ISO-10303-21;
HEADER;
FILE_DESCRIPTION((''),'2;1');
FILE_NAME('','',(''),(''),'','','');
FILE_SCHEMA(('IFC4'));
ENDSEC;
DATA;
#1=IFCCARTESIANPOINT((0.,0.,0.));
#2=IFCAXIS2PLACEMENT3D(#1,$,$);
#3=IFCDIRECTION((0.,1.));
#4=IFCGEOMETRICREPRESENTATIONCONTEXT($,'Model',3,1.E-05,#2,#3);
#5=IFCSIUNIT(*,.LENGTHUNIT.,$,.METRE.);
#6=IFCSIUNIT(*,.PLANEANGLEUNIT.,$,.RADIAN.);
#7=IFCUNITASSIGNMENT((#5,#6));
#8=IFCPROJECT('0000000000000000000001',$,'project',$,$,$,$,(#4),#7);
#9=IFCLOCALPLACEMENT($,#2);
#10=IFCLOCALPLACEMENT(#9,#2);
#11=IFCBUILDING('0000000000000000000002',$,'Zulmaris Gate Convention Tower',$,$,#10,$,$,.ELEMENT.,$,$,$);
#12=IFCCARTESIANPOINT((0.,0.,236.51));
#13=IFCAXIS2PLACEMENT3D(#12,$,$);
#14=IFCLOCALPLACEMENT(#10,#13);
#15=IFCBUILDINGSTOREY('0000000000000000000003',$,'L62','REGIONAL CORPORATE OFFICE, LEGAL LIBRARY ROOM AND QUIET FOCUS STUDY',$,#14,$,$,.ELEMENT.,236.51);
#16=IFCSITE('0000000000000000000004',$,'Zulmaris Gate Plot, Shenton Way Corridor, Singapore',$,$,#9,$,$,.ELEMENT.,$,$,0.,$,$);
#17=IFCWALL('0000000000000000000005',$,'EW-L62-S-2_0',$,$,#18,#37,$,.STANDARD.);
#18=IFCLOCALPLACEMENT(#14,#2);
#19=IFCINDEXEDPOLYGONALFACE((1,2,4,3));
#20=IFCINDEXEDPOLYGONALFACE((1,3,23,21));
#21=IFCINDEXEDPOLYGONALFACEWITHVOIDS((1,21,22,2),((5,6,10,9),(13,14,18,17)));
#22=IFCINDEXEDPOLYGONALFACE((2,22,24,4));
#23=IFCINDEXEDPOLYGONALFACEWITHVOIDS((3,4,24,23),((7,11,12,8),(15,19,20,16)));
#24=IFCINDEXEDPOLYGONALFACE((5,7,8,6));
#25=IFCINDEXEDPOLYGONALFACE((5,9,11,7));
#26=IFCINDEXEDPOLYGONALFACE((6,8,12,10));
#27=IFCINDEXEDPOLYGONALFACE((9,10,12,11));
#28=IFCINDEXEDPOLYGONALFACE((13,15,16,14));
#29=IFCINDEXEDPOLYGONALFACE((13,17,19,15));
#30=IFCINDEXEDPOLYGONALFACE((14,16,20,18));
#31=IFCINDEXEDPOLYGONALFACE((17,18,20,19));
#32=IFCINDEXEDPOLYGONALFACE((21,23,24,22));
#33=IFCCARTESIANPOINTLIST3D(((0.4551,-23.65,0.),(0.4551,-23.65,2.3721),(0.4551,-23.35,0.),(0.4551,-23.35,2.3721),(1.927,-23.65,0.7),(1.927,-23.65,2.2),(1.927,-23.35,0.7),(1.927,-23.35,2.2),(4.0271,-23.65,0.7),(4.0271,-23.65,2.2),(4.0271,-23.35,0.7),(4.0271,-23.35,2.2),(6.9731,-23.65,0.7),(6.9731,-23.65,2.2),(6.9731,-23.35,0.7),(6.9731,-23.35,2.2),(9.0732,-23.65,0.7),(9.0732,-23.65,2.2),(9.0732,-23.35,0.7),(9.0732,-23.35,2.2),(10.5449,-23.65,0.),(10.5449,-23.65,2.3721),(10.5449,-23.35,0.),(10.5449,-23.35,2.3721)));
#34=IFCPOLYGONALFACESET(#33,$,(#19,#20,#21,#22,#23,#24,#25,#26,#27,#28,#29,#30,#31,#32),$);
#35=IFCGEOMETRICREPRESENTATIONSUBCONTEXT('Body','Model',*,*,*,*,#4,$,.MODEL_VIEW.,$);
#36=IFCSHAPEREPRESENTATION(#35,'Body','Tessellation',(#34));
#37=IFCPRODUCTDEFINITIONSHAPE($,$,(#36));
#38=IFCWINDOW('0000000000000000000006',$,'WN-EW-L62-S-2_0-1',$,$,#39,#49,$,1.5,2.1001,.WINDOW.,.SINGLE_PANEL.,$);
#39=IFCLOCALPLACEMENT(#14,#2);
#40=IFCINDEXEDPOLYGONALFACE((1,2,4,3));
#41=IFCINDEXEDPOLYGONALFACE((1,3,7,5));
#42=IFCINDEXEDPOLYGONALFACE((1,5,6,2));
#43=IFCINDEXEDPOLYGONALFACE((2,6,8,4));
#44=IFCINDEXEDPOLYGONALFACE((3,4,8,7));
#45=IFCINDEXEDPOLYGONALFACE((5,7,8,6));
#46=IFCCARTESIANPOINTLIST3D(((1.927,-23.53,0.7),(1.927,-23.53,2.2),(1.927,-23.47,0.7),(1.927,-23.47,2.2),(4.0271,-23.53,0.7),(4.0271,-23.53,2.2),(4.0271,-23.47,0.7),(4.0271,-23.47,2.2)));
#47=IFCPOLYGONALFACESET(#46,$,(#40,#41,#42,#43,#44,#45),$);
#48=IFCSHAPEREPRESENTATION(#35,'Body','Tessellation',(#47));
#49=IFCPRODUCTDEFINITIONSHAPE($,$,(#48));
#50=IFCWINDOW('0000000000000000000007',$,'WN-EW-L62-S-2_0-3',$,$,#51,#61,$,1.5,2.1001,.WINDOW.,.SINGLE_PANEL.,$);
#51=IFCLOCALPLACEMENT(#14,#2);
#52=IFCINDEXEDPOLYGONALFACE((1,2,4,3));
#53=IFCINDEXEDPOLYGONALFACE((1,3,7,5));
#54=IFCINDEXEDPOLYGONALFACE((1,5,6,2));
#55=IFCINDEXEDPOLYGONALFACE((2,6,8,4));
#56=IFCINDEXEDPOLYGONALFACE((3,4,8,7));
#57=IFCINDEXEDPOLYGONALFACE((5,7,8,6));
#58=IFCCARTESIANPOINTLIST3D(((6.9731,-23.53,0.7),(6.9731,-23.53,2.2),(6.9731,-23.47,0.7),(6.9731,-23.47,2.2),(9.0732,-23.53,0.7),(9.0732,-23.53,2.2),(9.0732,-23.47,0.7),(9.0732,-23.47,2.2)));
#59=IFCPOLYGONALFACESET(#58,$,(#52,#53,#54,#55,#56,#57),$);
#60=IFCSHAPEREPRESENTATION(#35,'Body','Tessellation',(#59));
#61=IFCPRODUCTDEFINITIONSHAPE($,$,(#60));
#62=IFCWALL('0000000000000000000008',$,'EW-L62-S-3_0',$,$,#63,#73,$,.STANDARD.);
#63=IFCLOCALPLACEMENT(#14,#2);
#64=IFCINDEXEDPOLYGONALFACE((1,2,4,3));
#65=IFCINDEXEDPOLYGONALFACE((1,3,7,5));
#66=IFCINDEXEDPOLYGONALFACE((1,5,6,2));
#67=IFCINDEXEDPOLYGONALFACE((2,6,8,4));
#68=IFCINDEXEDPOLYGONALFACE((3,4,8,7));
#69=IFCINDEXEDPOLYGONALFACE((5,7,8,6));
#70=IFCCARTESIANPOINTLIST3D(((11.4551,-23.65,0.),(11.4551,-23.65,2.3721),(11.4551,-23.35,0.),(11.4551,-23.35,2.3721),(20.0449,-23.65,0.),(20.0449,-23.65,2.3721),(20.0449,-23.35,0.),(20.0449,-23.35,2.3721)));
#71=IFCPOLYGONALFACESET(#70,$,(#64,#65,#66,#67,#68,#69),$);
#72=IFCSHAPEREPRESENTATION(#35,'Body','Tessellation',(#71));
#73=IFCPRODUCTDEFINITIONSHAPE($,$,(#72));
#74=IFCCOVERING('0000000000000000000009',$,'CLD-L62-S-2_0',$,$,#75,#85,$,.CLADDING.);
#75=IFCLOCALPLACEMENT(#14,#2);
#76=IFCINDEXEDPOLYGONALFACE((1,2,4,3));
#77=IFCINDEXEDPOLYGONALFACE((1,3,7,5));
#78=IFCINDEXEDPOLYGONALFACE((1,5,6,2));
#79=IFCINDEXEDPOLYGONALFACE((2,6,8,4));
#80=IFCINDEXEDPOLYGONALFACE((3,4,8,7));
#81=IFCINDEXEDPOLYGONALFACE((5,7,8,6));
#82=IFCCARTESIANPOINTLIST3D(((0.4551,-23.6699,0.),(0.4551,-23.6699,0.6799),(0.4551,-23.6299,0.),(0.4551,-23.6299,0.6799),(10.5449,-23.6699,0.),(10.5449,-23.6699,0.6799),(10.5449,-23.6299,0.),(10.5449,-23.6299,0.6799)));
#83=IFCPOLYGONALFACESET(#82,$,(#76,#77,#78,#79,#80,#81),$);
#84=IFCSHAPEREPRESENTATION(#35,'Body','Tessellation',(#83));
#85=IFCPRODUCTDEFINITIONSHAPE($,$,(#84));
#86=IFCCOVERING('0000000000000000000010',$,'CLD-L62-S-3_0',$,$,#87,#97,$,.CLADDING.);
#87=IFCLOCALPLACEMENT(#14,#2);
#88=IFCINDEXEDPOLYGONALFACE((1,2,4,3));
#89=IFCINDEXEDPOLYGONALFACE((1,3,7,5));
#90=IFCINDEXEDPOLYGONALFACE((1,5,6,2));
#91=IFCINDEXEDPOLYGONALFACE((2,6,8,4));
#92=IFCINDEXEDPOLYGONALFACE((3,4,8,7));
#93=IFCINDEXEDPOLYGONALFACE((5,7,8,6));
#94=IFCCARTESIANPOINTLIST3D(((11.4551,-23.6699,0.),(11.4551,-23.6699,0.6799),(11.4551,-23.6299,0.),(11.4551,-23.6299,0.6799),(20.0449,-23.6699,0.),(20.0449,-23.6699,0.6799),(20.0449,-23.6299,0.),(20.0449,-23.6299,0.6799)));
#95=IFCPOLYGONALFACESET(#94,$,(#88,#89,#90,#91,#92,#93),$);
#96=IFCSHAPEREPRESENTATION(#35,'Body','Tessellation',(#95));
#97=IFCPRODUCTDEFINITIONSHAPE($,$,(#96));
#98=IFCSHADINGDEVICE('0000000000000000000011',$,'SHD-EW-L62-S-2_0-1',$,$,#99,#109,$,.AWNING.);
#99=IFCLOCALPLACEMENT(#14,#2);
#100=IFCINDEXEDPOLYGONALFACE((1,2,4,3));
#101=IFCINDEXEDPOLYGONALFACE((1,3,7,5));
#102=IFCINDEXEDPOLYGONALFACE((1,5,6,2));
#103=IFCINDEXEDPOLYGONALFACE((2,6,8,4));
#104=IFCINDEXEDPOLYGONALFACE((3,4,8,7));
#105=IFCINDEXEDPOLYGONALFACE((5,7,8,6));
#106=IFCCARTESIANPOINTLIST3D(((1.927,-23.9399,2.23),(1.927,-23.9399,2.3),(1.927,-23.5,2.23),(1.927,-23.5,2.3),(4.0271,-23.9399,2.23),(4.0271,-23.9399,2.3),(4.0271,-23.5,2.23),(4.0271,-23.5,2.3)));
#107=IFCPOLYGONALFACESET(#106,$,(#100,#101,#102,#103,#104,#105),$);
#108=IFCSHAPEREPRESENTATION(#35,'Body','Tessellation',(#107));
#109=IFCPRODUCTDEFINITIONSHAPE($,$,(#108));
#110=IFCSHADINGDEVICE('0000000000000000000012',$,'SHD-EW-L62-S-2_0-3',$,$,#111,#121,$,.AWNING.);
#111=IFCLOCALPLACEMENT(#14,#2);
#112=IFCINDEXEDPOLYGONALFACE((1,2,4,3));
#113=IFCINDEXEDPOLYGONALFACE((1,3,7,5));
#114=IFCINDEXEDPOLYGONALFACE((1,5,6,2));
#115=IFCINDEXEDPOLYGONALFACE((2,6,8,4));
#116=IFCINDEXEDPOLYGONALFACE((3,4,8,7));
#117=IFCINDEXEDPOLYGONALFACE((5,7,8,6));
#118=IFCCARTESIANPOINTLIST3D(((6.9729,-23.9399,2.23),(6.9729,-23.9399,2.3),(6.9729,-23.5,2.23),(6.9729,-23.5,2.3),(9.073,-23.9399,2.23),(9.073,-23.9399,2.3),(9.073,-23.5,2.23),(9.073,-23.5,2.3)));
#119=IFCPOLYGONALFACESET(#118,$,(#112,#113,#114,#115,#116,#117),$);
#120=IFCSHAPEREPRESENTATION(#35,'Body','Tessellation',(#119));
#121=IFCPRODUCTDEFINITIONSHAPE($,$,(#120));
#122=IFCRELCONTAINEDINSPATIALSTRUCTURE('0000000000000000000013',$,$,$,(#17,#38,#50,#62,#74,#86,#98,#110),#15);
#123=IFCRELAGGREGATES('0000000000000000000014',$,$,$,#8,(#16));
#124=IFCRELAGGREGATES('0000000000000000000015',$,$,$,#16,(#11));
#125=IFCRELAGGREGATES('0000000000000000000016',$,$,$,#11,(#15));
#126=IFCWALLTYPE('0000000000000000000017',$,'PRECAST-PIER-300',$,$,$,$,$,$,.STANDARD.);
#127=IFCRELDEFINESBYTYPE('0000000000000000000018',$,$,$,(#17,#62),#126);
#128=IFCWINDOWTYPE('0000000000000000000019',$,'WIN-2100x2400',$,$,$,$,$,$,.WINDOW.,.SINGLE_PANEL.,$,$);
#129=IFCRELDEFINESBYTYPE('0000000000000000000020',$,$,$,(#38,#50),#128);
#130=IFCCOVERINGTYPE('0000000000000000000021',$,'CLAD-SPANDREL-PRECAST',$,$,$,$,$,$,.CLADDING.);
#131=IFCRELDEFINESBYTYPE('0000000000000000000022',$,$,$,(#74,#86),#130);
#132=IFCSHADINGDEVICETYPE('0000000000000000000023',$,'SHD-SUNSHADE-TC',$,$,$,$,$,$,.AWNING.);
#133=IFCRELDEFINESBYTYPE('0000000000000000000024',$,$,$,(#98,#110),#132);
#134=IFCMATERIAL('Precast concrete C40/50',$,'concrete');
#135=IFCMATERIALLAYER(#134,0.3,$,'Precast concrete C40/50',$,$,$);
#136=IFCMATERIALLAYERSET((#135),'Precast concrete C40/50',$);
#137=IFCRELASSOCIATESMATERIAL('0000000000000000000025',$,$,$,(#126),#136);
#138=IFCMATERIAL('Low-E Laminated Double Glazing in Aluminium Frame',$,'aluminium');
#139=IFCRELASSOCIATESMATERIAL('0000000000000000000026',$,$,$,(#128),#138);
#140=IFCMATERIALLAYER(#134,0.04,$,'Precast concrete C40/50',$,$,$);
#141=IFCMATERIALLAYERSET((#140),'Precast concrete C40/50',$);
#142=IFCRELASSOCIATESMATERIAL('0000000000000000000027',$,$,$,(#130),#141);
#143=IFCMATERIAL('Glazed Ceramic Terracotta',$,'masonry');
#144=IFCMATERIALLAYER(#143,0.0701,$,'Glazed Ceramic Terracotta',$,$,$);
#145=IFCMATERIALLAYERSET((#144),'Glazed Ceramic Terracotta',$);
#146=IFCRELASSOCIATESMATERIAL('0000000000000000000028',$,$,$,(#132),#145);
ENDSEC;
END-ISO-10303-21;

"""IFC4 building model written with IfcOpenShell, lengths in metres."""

from ifc_helpers import new_model, si_unit, direction, frame, frame_2d, origin, place, context, subcontext, project, spatial, rectangle, extrude, material, layer, layer_set, type_object, element, fill, save


model = new_model("IFC4")

# Units and contexts
model_context = context("Model", 3, precision=1e-05, world=origin(), true_north=direction((0.0, 1.0)))
body_context = subcontext(model_context, "Body", "Model", "MODEL_VIEW")
ifc_project = project(units=[si_unit("LENGTHUNIT", "METRE"), si_unit("PLANEANGLEUNIT", "RADIAN")], contexts=[model_context])

# Site, building, storey
site_placement = place(None, origin())
site = spatial("IfcSite", under=ifc_project, at=site_placement, Name="Zulmaris Gate Plot, Shenton Way Corridor, Singapore", CompositionType="ELEMENT", RefElevation=0.0)
building_placement = place(site_placement, origin())
building = spatial("IfcBuilding", under=site, at=building_placement, Name="Zulmaris Gate Convention Tower", CompositionType="ELEMENT")
storey_placement = place(building_placement, frame((0.0, 0.0, 236.51)))
storey = spatial("IfcBuildingStorey", under=building, at=storey_placement, Name="L62", Description="REGIONAL CORPORATE OFFICE, LEGAL LIBRARY ROOM AND QUIET FOCUS STUDY", CompositionType="ELEMENT", Elevation=236.51)

# Wall, openings, windows
ifc_material_1 = material(Name="Precast concrete C40/50", Category="concrete")
ifc_layer_1 = layer(ifc_material_1, 0.3, Name="Precast concrete C40/50")
ifc_layer_set_1 = layer_set([ifc_layer_1], Name="Precast concrete C40/50")
wall_type_1 = type_object("IfcWallType", Name="PRECAST-PIER-300", PredefinedType="STANDARD", material=ifc_layer_set_1)
wall_1_placement = place(storey_placement, frame((0.4551, -23.5, 0.0), z_axis=(0.0, 0.0, 1.0), x_axis=(1.0, 0.0, 0.0)))
wall_1 = element("IfcWall", 1, at=wall_1_placement, inside=storey, type_object=wall_type_1, Name="EW-L62-S-2_0", PredefinedType="STANDARD", context=body_context, shape_type="SweptSolid", body=[
    extrude(rectangle(XDim=10.0898, YDim=0.3, at=frame_2d((5.0449, 0.0))), origin(), (0.0, 0.0, 1.0), 2.3721),
])
opening_1_placement = place(wall_1_placement, frame((1.4719, 0.0, 0.7)))
opening_1 = element("IfcOpeningElement", 2, at=opening_1_placement, cuts=wall_1, PredefinedType="OPENING", context=body_context, shape_type="SweptSolid", body=[
    extrude(rectangle(XDim=2.1001, YDim=1.5, at=frame_2d((1.05, 0.75))), frame((0.0, 0.1602, 0.0), z_axis=(0.0, -1.0, 0.0), x_axis=(1.0, 0.0, 0.0)), (0.0, 0.0, 1.0), 0.3201),
])
opening_2_placement = place(wall_1_placement, frame((6.5181, 0.0, 0.7)))
opening_2 = element("IfcOpeningElement", 3, at=opening_2_placement, cuts=wall_1, PredefinedType="OPENING", context=body_context, shape_type="SweptSolid", body=[
    extrude(rectangle(XDim=2.1001, YDim=1.5, at=frame_2d((1.05, 0.75))), frame((0.0, 0.1602, 0.0), z_axis=(0.0, -1.0, 0.0), x_axis=(1.0, 0.0, 0.0)), (0.0, 0.0, 1.0), 0.3201),
])
ifc_material_2 = material(Name="Low-E Laminated Double Glazing in Aluminium Frame", Category="aluminium")
window_type = type_object("IfcWindowType", Name="WIN-2100x2400", PartitioningType="SINGLE_PANEL", PredefinedType="WINDOW", material=ifc_material_2)
window_1_placement = place(opening_1_placement, origin())
window_1 = element("IfcWindow", 4, at=window_1_placement, inside=storey, type_object=window_type, Name="WN-EW-L62-S-2_0-1", OverallHeight=1.5, OverallWidth=2.1001, PartitioningType="SINGLE_PANEL", PredefinedType="WINDOW", context=body_context, shape_type="SweptSolid", body=[
    extrude(rectangle(XDim=2.1001, YDim=1.5, at=frame_2d((1.05, 0.75))), frame((0.0, 0.03, 0.0), z_axis=(0.0, -1.0, 0.0), x_axis=(1.0, 0.0, 0.0)), (0.0, 0.0, 1.0), 0.0601),
])
fill(opening_1, window_1)
window_2_placement = place(opening_2_placement, origin())
window_2 = element("IfcWindow", 5, at=window_2_placement, inside=storey, type_object=window_type, Name="WN-EW-L62-S-2_0-3", OverallHeight=1.5, OverallWidth=2.1001, PartitioningType="SINGLE_PANEL", PredefinedType="WINDOW", context=body_context, shape_type="SweptSolid", body=[
    extrude(rectangle(XDim=2.1001, YDim=1.5, at=frame_2d((1.05, 0.75))), frame((0.0, 0.03, 0.0), z_axis=(0.0, -1.0, 0.0), x_axis=(1.0, 0.0, 0.0)), (0.0, 0.0, 1.0), 0.0601),
])
fill(opening_2, window_2)

# Wall
wall_2_placement = place(storey_placement, frame((11.4551, -23.5, 0.0), z_axis=(0.0, 0.0, 1.0), x_axis=(1.0, 0.0, 0.0)))
element("IfcWall", 6, at=wall_2_placement, inside=storey, type_object=wall_type_1, Name="EW-L62-S-3_0", PredefinedType="STANDARD", context=body_context, shape_type="SweptSolid", body=[
    extrude(rectangle(XDim=8.5898, YDim=0.3, at=frame_2d((4.2949, 0.0))), origin(), (0.0, 0.0, 1.0), 2.3721),
])

# Coverings
ifc_layer_2 = layer(ifc_material_1, 0.04, Name="Precast concrete C40/50")
ifc_layer_set_2 = layer_set([ifc_layer_2], Name="Precast concrete C40/50")
covering_type = type_object("IfcCoveringType", Name="CLAD-SPANDREL-PRECAST", PredefinedType="CLADDING", material=ifc_layer_set_2)
covering_1_placement = place(storey_placement, frame((0.4551, -23.6499, 0.0), z_axis=(0.0, 0.0, 1.0), x_axis=(1.0, 0.0, 0.0)))
element("IfcCovering", 7, at=covering_1_placement, inside=storey, type_object=covering_type, Name="CLD-L62-S-2_0", PredefinedType="CLADDING", context=body_context, shape_type="SweptSolid", body=[
    extrude(rectangle(XDim=10.0898, YDim=0.04, at=frame_2d((5.0449, 0.0))), origin(), (0.0, 0.0, 1.0), 0.6799),
])
covering_2_placement = place(storey_placement, frame((11.4551, -23.6499, 0.0), z_axis=(0.0, 0.0, 1.0), x_axis=(1.0, 0.0, 0.0)))
element("IfcCovering", 8, at=covering_2_placement, inside=storey, type_object=covering_type, Name="CLD-L62-S-3_0", PredefinedType="CLADDING", context=body_context, shape_type="SweptSolid", body=[
    extrude(rectangle(XDim=8.5898, YDim=0.04, at=frame_2d((4.2949, 0.0))), origin(), (0.0, 0.0, 1.0), 0.6799),
])

# Shading devices
ifc_material_3 = material(Name="Glazed Ceramic Terracotta", Category="masonry")
ifc_layer_3 = layer(ifc_material_3, 0.0701, Name="Glazed Ceramic Terracotta")
ifc_layer_set_3 = layer_set([ifc_layer_3], Name="Glazed Ceramic Terracotta")
shading_device_type = type_object("IfcShadingDeviceType", Name="SHD-SUNSHADE-TC", PredefinedType="AWNING", material=ifc_layer_set_3)
for number, where, z_axis, x_axis, name in (
    (9, (1.927, -23.72, 2.23), (0.0, 0.0, 1.0), (1.0, 0.0, 0.0), "SHD-EW-L62-S-2_0-1"),
    (10, (6.9729, -23.72, 2.23), (0.0, 0.0, 1.0), (1.0, 0.0, 0.0), "SHD-EW-L62-S-2_0-3"),
):
    element("IfcShadingDevice", number, at=place(storey_placement, frame(where, z_axis=z_axis, x_axis=x_axis)), inside=storey, type_object=shading_device_type, Name=name, PredefinedType="AWNING", context=body_context, shape_type="SweptSolid", body=[
        extrude(rectangle(XDim=2.1001, YDim=0.4399, at=frame_2d((1.05, 0.0))), origin(), (0.0, 0.0, 1.0), 0.0701),
    ])

save(model, "model.ifc")
